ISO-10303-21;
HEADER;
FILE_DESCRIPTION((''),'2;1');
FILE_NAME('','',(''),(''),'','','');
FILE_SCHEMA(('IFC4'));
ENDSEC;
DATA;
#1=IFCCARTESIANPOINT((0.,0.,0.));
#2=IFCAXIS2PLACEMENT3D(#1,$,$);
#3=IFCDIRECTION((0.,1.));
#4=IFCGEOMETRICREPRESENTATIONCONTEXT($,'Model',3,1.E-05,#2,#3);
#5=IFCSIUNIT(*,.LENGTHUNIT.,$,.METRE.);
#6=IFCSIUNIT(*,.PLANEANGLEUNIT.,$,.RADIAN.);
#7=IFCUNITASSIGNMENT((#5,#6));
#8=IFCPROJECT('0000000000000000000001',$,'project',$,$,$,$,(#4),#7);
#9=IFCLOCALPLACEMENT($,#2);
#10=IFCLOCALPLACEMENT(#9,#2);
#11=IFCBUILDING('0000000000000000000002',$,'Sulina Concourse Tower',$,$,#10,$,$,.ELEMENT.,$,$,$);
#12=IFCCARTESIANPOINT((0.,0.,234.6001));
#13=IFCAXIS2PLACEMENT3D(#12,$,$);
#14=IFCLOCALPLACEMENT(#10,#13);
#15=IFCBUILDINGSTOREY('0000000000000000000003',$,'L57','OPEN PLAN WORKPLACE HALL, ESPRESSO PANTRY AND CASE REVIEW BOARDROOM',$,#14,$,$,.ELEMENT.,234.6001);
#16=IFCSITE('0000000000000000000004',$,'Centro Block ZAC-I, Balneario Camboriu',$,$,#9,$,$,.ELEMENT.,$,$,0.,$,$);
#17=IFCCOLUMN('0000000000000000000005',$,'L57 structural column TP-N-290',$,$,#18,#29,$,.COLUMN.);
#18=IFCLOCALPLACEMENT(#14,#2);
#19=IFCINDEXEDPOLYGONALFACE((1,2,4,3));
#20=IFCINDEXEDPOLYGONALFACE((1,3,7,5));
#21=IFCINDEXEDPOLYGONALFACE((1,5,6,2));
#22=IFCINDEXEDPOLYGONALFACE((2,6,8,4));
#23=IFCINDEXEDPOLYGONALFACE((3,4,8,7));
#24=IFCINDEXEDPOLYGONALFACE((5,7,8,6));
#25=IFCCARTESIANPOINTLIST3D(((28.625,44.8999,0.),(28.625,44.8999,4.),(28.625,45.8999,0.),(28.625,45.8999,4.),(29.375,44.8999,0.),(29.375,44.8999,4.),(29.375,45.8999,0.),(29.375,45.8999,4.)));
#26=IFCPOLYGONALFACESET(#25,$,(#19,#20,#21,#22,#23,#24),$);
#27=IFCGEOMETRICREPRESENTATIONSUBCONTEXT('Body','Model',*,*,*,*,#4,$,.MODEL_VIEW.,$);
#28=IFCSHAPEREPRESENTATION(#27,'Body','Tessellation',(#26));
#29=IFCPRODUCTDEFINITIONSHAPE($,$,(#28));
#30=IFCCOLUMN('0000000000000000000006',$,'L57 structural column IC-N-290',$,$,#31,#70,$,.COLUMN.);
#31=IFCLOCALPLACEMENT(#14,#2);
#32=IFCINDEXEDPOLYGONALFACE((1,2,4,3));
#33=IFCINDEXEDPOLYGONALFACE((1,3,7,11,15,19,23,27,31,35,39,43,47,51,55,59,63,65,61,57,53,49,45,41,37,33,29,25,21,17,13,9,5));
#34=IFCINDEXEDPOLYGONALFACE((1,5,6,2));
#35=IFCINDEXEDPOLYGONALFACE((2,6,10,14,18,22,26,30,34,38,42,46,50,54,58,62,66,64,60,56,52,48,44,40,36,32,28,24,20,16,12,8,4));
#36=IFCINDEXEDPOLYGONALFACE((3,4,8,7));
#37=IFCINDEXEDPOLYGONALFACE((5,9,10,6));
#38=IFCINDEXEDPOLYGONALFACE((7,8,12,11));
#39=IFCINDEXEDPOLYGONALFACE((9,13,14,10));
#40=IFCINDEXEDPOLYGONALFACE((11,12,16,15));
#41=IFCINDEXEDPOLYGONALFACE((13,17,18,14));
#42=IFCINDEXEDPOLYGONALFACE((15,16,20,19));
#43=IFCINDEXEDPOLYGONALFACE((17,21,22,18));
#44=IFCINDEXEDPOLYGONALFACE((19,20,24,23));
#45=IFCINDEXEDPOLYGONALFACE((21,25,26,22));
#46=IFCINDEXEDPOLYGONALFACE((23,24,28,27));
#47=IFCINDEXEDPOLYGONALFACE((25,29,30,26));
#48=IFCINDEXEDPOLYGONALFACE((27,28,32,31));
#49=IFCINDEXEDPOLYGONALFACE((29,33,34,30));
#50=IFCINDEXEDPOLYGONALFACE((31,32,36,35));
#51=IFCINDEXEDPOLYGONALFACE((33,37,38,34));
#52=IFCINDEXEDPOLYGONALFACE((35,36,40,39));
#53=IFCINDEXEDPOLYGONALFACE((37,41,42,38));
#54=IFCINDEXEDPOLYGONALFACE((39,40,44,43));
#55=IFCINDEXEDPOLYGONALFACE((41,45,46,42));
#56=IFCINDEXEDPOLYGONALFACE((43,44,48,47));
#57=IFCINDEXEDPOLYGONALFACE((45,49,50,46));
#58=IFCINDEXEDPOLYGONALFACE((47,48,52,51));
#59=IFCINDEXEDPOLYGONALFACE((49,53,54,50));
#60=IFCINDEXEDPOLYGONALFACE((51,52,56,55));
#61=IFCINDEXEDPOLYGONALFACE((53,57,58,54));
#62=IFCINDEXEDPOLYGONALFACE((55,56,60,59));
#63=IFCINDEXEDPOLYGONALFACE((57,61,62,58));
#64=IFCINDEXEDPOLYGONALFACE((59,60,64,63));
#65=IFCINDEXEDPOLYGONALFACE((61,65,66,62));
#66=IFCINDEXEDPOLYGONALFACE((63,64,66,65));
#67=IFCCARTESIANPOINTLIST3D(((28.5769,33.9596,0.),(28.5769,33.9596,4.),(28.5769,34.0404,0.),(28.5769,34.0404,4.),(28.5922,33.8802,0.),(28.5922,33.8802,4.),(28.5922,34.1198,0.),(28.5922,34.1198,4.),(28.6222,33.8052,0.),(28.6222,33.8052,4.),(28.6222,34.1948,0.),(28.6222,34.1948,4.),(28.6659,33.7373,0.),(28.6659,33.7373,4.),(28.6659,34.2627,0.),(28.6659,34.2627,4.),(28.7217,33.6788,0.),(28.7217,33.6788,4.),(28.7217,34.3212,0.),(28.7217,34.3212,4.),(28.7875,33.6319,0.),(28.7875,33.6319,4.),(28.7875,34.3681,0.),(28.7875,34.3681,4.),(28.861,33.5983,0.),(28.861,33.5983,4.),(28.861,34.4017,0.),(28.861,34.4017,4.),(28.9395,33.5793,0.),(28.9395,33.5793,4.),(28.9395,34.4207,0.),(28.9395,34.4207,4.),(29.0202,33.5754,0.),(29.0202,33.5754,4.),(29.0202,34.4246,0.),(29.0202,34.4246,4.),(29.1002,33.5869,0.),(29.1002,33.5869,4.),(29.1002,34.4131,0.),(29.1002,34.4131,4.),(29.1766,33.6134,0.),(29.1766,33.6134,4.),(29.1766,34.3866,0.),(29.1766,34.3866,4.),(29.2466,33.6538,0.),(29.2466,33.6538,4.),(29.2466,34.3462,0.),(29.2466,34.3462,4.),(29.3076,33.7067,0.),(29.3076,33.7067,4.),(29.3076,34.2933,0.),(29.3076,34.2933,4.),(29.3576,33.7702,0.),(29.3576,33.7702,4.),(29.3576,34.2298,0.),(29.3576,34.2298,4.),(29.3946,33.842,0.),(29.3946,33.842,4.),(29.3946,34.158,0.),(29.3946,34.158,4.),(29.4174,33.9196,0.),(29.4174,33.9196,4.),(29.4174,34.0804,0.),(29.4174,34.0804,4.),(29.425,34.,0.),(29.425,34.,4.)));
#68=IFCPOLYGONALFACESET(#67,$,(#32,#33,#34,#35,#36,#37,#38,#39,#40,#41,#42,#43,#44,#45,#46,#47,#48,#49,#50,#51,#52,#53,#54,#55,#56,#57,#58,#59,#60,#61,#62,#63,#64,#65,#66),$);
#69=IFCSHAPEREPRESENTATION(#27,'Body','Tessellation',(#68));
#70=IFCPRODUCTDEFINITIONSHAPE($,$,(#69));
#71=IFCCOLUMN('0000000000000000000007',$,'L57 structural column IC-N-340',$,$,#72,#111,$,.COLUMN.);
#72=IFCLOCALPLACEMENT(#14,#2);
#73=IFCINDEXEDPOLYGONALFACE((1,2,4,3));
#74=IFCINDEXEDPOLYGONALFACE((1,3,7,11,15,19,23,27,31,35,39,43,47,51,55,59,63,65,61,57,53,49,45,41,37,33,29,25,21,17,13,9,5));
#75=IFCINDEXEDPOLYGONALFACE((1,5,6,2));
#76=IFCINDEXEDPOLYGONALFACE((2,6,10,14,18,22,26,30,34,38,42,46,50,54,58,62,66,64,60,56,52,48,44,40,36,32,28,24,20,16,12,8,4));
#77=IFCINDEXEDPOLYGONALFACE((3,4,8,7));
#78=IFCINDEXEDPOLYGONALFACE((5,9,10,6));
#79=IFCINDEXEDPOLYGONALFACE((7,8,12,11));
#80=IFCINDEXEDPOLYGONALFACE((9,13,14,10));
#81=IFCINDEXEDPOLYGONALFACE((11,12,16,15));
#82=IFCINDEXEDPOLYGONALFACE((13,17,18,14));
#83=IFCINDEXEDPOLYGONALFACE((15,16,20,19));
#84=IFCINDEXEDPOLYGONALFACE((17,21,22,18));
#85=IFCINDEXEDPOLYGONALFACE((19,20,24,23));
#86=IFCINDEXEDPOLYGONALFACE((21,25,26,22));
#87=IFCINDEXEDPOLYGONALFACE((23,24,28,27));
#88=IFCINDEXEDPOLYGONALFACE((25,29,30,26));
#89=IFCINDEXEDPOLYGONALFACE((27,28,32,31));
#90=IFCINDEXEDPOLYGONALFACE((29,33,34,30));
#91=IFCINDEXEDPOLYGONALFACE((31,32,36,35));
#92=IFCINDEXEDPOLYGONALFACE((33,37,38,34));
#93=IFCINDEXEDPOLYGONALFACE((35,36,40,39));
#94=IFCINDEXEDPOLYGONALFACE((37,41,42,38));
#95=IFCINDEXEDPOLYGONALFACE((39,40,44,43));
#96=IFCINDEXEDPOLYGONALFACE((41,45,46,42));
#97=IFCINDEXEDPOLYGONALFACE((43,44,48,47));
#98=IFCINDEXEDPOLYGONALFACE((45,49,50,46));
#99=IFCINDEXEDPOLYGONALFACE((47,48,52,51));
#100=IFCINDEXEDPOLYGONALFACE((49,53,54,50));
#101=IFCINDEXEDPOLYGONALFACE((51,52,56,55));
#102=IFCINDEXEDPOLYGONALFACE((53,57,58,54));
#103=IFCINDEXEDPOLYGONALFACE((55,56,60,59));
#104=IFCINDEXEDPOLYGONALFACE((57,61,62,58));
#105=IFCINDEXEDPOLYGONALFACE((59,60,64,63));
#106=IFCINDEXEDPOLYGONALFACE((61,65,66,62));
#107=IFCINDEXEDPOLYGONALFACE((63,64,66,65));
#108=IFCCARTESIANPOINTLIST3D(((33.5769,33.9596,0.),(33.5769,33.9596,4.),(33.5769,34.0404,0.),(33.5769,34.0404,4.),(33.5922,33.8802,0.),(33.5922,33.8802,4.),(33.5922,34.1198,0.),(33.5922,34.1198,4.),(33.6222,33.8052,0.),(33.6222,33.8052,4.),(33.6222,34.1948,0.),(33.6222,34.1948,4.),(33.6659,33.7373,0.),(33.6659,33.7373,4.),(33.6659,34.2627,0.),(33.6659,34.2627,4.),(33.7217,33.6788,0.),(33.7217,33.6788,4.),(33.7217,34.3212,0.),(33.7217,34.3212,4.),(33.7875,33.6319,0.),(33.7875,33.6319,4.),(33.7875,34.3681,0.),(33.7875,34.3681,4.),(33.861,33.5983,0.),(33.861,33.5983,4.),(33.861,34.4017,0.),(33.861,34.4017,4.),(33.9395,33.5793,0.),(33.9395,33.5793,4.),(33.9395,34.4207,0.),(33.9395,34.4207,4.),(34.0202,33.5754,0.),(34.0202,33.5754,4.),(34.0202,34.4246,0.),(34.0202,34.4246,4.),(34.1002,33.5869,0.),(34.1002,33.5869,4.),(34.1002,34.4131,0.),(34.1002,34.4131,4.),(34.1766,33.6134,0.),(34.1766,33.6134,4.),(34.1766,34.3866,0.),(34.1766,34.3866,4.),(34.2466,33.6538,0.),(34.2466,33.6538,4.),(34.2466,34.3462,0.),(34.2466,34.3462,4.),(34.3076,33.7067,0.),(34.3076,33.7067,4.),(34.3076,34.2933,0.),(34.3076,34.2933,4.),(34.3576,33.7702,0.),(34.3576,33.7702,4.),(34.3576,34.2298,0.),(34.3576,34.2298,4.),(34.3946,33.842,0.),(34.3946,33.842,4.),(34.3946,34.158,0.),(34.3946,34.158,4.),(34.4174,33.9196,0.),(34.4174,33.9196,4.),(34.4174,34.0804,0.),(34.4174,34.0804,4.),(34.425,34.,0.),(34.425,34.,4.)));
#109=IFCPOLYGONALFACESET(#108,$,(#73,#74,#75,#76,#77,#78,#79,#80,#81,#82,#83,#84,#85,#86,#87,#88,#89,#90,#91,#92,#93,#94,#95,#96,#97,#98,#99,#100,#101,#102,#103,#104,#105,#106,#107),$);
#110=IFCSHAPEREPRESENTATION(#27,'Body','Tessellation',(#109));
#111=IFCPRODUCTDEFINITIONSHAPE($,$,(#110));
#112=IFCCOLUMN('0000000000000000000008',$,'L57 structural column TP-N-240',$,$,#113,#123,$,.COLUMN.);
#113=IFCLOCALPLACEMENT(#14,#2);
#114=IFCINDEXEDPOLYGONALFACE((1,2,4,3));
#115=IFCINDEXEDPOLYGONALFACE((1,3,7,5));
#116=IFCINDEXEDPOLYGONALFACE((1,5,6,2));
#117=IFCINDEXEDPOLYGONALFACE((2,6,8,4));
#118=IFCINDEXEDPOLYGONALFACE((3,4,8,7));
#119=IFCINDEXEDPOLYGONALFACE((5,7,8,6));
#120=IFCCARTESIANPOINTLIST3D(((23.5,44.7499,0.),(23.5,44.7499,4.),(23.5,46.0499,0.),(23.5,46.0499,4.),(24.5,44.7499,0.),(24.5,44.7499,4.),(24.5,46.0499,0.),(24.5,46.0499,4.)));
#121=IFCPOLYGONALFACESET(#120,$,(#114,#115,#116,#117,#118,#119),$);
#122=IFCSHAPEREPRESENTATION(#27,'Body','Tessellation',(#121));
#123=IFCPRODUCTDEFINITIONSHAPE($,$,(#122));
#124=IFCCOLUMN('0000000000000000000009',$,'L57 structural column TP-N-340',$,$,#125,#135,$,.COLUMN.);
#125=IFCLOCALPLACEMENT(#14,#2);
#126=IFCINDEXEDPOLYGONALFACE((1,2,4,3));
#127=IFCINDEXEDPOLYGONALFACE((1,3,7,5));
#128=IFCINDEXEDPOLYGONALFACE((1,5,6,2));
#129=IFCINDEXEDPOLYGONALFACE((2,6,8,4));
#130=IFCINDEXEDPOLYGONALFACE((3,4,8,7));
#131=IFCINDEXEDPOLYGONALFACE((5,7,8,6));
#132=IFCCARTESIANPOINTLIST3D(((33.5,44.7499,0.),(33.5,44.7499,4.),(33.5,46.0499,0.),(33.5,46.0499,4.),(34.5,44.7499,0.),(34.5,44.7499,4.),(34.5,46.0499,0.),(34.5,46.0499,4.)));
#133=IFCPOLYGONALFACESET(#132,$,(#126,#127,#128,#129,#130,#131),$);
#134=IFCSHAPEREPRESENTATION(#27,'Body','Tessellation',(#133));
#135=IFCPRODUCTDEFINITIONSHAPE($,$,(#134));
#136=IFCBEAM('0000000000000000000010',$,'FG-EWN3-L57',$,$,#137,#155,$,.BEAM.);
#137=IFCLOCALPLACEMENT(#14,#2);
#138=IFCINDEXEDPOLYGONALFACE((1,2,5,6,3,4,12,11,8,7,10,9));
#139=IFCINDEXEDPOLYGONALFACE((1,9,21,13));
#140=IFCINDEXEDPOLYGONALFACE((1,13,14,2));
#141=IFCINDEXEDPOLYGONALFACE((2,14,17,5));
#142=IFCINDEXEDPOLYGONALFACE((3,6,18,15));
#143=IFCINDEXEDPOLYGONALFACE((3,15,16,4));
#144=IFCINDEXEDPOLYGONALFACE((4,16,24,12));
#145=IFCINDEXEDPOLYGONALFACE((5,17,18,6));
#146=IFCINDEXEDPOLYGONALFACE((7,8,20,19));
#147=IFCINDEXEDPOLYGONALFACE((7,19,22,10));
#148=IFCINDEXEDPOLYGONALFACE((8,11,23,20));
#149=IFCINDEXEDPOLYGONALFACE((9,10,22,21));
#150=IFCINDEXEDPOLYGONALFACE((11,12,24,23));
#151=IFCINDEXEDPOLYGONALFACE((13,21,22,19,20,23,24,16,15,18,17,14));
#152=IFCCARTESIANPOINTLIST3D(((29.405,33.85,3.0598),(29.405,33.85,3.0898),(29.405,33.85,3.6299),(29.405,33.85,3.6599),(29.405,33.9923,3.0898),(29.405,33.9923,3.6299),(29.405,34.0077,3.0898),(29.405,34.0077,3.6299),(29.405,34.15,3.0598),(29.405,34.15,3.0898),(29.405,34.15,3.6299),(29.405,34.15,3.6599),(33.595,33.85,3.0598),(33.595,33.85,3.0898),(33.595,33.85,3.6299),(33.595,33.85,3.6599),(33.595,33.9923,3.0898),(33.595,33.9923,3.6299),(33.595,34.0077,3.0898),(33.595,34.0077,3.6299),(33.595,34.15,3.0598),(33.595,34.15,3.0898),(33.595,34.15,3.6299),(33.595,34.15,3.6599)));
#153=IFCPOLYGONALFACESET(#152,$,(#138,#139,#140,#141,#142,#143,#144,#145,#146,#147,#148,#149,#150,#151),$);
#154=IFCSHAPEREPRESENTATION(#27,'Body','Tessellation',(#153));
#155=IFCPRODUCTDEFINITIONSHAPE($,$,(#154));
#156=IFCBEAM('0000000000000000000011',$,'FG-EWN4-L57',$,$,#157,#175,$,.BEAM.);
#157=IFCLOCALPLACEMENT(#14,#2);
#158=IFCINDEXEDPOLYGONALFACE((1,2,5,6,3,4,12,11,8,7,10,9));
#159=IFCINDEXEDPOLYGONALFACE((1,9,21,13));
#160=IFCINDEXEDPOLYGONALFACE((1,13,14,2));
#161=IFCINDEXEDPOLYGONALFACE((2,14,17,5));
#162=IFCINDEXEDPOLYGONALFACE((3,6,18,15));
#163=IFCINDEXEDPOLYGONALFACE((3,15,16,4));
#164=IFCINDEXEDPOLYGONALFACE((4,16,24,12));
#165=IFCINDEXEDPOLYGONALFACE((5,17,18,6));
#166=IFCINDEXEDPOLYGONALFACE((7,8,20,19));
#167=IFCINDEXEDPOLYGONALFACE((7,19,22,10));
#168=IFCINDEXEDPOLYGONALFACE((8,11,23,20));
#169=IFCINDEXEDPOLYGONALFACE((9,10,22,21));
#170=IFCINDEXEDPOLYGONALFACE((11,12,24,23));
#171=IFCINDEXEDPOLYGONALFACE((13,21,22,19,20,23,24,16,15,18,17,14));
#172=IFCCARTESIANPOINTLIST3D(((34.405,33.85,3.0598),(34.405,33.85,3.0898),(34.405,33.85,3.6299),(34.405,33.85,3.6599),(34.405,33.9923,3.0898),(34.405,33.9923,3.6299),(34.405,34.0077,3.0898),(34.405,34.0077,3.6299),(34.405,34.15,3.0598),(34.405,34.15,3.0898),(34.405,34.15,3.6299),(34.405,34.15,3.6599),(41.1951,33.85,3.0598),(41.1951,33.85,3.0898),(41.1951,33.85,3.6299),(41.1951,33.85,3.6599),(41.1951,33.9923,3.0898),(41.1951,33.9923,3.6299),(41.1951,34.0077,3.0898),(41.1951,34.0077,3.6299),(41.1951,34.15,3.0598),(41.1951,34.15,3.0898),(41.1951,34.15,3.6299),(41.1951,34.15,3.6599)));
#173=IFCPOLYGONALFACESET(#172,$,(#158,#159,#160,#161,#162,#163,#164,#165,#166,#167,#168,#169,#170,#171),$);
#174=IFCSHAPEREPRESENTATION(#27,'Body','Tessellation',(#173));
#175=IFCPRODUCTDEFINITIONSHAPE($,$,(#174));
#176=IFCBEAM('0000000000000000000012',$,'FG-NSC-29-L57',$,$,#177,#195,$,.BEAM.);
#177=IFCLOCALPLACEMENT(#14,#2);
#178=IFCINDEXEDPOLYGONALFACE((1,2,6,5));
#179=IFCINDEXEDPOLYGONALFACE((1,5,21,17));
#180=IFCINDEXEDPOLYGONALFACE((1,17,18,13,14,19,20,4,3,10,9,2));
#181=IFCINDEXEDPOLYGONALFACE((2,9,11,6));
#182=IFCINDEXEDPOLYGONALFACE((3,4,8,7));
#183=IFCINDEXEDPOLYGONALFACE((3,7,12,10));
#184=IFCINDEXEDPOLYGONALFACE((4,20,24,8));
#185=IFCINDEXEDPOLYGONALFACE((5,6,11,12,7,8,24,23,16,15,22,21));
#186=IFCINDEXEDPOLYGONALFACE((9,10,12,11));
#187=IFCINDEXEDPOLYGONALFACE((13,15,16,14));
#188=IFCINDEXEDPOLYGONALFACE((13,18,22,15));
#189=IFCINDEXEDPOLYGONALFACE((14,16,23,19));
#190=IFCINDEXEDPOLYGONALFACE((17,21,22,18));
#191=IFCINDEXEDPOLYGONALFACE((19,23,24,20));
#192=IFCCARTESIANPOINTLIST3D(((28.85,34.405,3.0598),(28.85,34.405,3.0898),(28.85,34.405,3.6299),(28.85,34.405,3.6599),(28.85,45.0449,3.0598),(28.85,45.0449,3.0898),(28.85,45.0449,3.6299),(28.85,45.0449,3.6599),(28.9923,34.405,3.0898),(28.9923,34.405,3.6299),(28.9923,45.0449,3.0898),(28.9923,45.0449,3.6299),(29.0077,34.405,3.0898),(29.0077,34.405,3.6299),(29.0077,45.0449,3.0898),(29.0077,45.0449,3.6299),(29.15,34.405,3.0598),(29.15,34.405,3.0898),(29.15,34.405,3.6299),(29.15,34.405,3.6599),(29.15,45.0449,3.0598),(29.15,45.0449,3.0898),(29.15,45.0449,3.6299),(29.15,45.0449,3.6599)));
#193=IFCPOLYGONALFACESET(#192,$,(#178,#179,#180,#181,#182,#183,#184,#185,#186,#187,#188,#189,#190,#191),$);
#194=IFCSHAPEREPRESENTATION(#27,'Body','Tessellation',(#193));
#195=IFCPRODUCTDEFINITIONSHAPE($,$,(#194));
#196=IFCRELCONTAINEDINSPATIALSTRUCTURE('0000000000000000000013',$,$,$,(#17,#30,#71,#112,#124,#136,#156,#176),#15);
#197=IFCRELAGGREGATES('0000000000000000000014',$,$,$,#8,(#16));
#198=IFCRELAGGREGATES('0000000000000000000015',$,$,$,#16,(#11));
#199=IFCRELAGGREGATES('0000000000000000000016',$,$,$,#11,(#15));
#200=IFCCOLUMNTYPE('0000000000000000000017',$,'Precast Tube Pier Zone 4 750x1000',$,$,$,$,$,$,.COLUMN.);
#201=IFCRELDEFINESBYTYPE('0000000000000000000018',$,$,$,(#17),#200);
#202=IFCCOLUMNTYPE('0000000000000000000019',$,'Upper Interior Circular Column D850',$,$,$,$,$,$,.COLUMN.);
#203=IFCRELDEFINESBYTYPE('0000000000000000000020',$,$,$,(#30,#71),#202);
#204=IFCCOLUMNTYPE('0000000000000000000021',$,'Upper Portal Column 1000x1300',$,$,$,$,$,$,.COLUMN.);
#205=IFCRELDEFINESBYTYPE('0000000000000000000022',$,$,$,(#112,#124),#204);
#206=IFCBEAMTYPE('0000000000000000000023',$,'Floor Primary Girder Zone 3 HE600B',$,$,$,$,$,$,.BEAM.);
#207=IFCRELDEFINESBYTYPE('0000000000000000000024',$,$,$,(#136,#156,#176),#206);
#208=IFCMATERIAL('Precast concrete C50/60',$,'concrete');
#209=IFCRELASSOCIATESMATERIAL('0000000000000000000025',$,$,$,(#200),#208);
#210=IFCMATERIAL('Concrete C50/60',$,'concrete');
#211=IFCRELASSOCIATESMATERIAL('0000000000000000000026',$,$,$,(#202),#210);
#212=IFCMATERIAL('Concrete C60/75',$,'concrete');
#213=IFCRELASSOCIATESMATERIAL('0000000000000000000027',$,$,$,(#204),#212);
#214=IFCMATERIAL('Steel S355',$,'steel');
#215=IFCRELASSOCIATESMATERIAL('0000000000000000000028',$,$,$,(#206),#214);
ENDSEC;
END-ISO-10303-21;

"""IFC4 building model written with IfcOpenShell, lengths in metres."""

from ifc_helpers import new_model, si_unit, direction, frame, origin, origin_2d, place, context, subcontext, project, spatial, rectangle, circle, i_section, extrude, material, material_profile, profile_set, type_object, element, save


model = new_model("IFC4")

# Units and contexts
model_context = context("Model", 3, precision=1e-05, world=origin(), true_north=direction((0.0, 1.0)))
body_context = subcontext(model_context, "Body", "Model", "MODEL_VIEW")
ifc_project = project(units=[si_unit("LENGTHUNIT", "METRE"), si_unit("PLANEANGLEUNIT", "RADIAN")], contexts=[model_context])

# Site, building, storey
site_placement = place(None, origin())
site = spatial("IfcSite", under=ifc_project, at=site_placement, Name="Centro Block ZAC-I, Balneario Camboriu", CompositionType="ELEMENT", RefElevation=0.0)
building_placement = place(site_placement, origin())
building = spatial("IfcBuilding", under=site, at=building_placement, Name="Sulina Concourse Tower", CompositionType="ELEMENT")
storey_placement = place(building_placement, frame((0.0, 0.0, 234.6001)))
storey = spatial("IfcBuildingStorey", under=building, at=storey_placement, Name="L57", Description="OPEN PLAN WORKPLACE HALL, ESPRESSO PANTRY AND CASE REVIEW BOARDROOM", CompositionType="ELEMENT", Elevation=234.6001)

# Columns
ifc_material_1 = material(Name="Precast concrete C50/60", Category="concrete")
ifc_material_profile_1 = material_profile(ifc_material_1, rectangle(XDim=0.75, YDim=1.0, at=origin_2d()), Name="PC 750x1000")
ifc_profile_set_1 = profile_set([ifc_material_profile_1], Name="Precast concrete C50/60")
column_type_1 = type_object("IfcColumnType", Name="Precast Tube Pier Zone 4 750x1000", PredefinedType="COLUMN", material=ifc_profile_set_1)
column_placement = place(storey_placement, frame((29.0, 45.3999, 0.0), z_axis=(0.0, 0.0, 1.0), x_axis=(1.0, 0.0, 0.0)))
element("IfcColumn", 1, at=column_placement, inside=storey, type_object=column_type_1, Name="L57 structural column TP-N-290", PredefinedType="COLUMN", context=body_context, shape_type="SweptSolid", body=[
    extrude(rectangle(XDim=0.75, YDim=1.0, at=origin_2d()), origin(), (0.0, 0.0, 1.0), 4.0),
])
ifc_material_2 = material(Name="Concrete C50/60", Category="concrete")
ifc_material_profile_2 = material_profile(ifc_material_2, circle(Radius=0.425, at=origin_2d()), Name="RC D850")
ifc_profile_set_2 = profile_set([ifc_material_profile_2], Name="Concrete C50/60")
column_type_2 = type_object("IfcColumnType", Name="Upper Interior Circular Column D850", PredefinedType="COLUMN", material=ifc_profile_set_2)
for number, where, z_axis, x_axis, name in (
    (2, (29.0, 34.0, 0.0), (0.0, 0.0, 1.0), (1.0, 0.0, 0.0), "L57 structural column IC-N-290"),
    (3, (34.0, 34.0, 0.0), (0.0, 0.0, 1.0), (1.0, 0.0, 0.0), "L57 structural column IC-N-340"),
):
    element("IfcColumn", number, at=place(storey_placement, frame(where, z_axis=z_axis, x_axis=x_axis)), inside=storey, type_object=column_type_2, Name=name, PredefinedType="COLUMN", context=body_context, shape_type="SweptSolid", body=[
        extrude(circle(Radius=0.425, at=origin_2d()), origin(), (0.0, 0.0, 1.0), 4.0),
    ])
ifc_material_3 = material(Name="Concrete C60/75", Category="concrete")
ifc_material_profile_3 = material_profile(ifc_material_3, rectangle(XDim=1.0, YDim=1.3, at=origin_2d()), Name="RC 1000x1300")
ifc_profile_set_3 = profile_set([ifc_material_profile_3], Name="Concrete C60/75")
column_type_3 = type_object("IfcColumnType", Name="Upper Portal Column 1000x1300", PredefinedType="COLUMN", material=ifc_profile_set_3)
for number, where, z_axis, x_axis, name in (
    (4, (24.0, 45.3999, 0.0), (0.0, 0.0, 1.0), (1.0, 0.0, 0.0), "L57 structural column TP-N-240"),
    (5, (34.0, 45.3999, 0.0), (0.0, 0.0, 1.0), (1.0, 0.0, 0.0), "L57 structural column TP-N-340"),
):
    element("IfcColumn", number, at=place(storey_placement, frame(where, z_axis=z_axis, x_axis=x_axis)), inside=storey, type_object=column_type_3, Name=name, PredefinedType="COLUMN", context=body_context, shape_type="SweptSolid", body=[
        extrude(rectangle(XDim=1.0, YDim=1.3, at=origin_2d()), origin(), (0.0, 0.0, 1.0), 4.0),
    ])

# Beams
ifc_material_4 = material(Name="Steel S355", Category="steel")
ifc_material_profile_4 = material_profile(ifc_material_4, i_section(OverallWidth=0.3, OverallDepth=0.6001, WebThickness=0.0154, FlangeThickness=0.03, at=origin_2d()), Name="HE 600 B")
ifc_profile_set_4 = profile_set([ifc_material_profile_4], Name="Steel S355")
beam_type_1 = type_object("IfcBeamType", Name="Floor Primary Girder Zone 3 HE600B", PredefinedType="BEAM", material=ifc_profile_set_4)
beam_1_placement = place(storey_placement, frame((29.405, 34.0, 3.3599), z_axis=(1.0, 0.0, 0.0), x_axis=(0.0, 1.0, 0.0)))
element("IfcBeam", 6, at=beam_1_placement, inside=storey, type_object=beam_type_1, Name="FG-EWN3-L57", PredefinedType="BEAM", context=body_context, shape_type="SweptSolid", body=[
    extrude(i_section(OverallWidth=0.3, OverallDepth=0.6001, WebThickness=0.0154, FlangeThickness=0.03, at=origin_2d()), origin(), (0.0, 0.0, 1.0), 4.1899),
])
beam_2_placement = place(storey_placement, frame((34.405, 34.0, 3.3599), z_axis=(1.0, 0.0, 0.0), x_axis=(0.0, 1.0, 0.0)))
element("IfcBeam", 7, at=beam_2_placement, inside=storey, type_object=beam_type_1, Name="FG-EWN4-L57", PredefinedType="BEAM", context=body_context, shape_type="SweptSolid", body=[
    extrude(i_section(OverallWidth=0.3, OverallDepth=0.6001, WebThickness=0.0154, FlangeThickness=0.03, at=origin_2d()), origin(), (0.0, 0.0, 1.0), 6.79),
])
beam_3_placement = place(storey_placement, frame((29.0, 34.405, 3.3599), z_axis=(0.0, 1.0, 0.0), x_axis=(-1.0, 0.0, 0.0)))
element("IfcBeam", 8, at=beam_3_placement, inside=storey, type_object=beam_type_1, Name="FG-NSC-29-L57", PredefinedType="BEAM", context=body_context, shape_type="SweptSolid", body=[
    extrude(i_section(OverallWidth=0.3, OverallDepth=0.6001, WebThickness=0.0154, FlangeThickness=0.03, at=origin_2d()), origin(), (0.0, 0.0, 1.0), 10.6399),
])

save(model, "model.ifc")
